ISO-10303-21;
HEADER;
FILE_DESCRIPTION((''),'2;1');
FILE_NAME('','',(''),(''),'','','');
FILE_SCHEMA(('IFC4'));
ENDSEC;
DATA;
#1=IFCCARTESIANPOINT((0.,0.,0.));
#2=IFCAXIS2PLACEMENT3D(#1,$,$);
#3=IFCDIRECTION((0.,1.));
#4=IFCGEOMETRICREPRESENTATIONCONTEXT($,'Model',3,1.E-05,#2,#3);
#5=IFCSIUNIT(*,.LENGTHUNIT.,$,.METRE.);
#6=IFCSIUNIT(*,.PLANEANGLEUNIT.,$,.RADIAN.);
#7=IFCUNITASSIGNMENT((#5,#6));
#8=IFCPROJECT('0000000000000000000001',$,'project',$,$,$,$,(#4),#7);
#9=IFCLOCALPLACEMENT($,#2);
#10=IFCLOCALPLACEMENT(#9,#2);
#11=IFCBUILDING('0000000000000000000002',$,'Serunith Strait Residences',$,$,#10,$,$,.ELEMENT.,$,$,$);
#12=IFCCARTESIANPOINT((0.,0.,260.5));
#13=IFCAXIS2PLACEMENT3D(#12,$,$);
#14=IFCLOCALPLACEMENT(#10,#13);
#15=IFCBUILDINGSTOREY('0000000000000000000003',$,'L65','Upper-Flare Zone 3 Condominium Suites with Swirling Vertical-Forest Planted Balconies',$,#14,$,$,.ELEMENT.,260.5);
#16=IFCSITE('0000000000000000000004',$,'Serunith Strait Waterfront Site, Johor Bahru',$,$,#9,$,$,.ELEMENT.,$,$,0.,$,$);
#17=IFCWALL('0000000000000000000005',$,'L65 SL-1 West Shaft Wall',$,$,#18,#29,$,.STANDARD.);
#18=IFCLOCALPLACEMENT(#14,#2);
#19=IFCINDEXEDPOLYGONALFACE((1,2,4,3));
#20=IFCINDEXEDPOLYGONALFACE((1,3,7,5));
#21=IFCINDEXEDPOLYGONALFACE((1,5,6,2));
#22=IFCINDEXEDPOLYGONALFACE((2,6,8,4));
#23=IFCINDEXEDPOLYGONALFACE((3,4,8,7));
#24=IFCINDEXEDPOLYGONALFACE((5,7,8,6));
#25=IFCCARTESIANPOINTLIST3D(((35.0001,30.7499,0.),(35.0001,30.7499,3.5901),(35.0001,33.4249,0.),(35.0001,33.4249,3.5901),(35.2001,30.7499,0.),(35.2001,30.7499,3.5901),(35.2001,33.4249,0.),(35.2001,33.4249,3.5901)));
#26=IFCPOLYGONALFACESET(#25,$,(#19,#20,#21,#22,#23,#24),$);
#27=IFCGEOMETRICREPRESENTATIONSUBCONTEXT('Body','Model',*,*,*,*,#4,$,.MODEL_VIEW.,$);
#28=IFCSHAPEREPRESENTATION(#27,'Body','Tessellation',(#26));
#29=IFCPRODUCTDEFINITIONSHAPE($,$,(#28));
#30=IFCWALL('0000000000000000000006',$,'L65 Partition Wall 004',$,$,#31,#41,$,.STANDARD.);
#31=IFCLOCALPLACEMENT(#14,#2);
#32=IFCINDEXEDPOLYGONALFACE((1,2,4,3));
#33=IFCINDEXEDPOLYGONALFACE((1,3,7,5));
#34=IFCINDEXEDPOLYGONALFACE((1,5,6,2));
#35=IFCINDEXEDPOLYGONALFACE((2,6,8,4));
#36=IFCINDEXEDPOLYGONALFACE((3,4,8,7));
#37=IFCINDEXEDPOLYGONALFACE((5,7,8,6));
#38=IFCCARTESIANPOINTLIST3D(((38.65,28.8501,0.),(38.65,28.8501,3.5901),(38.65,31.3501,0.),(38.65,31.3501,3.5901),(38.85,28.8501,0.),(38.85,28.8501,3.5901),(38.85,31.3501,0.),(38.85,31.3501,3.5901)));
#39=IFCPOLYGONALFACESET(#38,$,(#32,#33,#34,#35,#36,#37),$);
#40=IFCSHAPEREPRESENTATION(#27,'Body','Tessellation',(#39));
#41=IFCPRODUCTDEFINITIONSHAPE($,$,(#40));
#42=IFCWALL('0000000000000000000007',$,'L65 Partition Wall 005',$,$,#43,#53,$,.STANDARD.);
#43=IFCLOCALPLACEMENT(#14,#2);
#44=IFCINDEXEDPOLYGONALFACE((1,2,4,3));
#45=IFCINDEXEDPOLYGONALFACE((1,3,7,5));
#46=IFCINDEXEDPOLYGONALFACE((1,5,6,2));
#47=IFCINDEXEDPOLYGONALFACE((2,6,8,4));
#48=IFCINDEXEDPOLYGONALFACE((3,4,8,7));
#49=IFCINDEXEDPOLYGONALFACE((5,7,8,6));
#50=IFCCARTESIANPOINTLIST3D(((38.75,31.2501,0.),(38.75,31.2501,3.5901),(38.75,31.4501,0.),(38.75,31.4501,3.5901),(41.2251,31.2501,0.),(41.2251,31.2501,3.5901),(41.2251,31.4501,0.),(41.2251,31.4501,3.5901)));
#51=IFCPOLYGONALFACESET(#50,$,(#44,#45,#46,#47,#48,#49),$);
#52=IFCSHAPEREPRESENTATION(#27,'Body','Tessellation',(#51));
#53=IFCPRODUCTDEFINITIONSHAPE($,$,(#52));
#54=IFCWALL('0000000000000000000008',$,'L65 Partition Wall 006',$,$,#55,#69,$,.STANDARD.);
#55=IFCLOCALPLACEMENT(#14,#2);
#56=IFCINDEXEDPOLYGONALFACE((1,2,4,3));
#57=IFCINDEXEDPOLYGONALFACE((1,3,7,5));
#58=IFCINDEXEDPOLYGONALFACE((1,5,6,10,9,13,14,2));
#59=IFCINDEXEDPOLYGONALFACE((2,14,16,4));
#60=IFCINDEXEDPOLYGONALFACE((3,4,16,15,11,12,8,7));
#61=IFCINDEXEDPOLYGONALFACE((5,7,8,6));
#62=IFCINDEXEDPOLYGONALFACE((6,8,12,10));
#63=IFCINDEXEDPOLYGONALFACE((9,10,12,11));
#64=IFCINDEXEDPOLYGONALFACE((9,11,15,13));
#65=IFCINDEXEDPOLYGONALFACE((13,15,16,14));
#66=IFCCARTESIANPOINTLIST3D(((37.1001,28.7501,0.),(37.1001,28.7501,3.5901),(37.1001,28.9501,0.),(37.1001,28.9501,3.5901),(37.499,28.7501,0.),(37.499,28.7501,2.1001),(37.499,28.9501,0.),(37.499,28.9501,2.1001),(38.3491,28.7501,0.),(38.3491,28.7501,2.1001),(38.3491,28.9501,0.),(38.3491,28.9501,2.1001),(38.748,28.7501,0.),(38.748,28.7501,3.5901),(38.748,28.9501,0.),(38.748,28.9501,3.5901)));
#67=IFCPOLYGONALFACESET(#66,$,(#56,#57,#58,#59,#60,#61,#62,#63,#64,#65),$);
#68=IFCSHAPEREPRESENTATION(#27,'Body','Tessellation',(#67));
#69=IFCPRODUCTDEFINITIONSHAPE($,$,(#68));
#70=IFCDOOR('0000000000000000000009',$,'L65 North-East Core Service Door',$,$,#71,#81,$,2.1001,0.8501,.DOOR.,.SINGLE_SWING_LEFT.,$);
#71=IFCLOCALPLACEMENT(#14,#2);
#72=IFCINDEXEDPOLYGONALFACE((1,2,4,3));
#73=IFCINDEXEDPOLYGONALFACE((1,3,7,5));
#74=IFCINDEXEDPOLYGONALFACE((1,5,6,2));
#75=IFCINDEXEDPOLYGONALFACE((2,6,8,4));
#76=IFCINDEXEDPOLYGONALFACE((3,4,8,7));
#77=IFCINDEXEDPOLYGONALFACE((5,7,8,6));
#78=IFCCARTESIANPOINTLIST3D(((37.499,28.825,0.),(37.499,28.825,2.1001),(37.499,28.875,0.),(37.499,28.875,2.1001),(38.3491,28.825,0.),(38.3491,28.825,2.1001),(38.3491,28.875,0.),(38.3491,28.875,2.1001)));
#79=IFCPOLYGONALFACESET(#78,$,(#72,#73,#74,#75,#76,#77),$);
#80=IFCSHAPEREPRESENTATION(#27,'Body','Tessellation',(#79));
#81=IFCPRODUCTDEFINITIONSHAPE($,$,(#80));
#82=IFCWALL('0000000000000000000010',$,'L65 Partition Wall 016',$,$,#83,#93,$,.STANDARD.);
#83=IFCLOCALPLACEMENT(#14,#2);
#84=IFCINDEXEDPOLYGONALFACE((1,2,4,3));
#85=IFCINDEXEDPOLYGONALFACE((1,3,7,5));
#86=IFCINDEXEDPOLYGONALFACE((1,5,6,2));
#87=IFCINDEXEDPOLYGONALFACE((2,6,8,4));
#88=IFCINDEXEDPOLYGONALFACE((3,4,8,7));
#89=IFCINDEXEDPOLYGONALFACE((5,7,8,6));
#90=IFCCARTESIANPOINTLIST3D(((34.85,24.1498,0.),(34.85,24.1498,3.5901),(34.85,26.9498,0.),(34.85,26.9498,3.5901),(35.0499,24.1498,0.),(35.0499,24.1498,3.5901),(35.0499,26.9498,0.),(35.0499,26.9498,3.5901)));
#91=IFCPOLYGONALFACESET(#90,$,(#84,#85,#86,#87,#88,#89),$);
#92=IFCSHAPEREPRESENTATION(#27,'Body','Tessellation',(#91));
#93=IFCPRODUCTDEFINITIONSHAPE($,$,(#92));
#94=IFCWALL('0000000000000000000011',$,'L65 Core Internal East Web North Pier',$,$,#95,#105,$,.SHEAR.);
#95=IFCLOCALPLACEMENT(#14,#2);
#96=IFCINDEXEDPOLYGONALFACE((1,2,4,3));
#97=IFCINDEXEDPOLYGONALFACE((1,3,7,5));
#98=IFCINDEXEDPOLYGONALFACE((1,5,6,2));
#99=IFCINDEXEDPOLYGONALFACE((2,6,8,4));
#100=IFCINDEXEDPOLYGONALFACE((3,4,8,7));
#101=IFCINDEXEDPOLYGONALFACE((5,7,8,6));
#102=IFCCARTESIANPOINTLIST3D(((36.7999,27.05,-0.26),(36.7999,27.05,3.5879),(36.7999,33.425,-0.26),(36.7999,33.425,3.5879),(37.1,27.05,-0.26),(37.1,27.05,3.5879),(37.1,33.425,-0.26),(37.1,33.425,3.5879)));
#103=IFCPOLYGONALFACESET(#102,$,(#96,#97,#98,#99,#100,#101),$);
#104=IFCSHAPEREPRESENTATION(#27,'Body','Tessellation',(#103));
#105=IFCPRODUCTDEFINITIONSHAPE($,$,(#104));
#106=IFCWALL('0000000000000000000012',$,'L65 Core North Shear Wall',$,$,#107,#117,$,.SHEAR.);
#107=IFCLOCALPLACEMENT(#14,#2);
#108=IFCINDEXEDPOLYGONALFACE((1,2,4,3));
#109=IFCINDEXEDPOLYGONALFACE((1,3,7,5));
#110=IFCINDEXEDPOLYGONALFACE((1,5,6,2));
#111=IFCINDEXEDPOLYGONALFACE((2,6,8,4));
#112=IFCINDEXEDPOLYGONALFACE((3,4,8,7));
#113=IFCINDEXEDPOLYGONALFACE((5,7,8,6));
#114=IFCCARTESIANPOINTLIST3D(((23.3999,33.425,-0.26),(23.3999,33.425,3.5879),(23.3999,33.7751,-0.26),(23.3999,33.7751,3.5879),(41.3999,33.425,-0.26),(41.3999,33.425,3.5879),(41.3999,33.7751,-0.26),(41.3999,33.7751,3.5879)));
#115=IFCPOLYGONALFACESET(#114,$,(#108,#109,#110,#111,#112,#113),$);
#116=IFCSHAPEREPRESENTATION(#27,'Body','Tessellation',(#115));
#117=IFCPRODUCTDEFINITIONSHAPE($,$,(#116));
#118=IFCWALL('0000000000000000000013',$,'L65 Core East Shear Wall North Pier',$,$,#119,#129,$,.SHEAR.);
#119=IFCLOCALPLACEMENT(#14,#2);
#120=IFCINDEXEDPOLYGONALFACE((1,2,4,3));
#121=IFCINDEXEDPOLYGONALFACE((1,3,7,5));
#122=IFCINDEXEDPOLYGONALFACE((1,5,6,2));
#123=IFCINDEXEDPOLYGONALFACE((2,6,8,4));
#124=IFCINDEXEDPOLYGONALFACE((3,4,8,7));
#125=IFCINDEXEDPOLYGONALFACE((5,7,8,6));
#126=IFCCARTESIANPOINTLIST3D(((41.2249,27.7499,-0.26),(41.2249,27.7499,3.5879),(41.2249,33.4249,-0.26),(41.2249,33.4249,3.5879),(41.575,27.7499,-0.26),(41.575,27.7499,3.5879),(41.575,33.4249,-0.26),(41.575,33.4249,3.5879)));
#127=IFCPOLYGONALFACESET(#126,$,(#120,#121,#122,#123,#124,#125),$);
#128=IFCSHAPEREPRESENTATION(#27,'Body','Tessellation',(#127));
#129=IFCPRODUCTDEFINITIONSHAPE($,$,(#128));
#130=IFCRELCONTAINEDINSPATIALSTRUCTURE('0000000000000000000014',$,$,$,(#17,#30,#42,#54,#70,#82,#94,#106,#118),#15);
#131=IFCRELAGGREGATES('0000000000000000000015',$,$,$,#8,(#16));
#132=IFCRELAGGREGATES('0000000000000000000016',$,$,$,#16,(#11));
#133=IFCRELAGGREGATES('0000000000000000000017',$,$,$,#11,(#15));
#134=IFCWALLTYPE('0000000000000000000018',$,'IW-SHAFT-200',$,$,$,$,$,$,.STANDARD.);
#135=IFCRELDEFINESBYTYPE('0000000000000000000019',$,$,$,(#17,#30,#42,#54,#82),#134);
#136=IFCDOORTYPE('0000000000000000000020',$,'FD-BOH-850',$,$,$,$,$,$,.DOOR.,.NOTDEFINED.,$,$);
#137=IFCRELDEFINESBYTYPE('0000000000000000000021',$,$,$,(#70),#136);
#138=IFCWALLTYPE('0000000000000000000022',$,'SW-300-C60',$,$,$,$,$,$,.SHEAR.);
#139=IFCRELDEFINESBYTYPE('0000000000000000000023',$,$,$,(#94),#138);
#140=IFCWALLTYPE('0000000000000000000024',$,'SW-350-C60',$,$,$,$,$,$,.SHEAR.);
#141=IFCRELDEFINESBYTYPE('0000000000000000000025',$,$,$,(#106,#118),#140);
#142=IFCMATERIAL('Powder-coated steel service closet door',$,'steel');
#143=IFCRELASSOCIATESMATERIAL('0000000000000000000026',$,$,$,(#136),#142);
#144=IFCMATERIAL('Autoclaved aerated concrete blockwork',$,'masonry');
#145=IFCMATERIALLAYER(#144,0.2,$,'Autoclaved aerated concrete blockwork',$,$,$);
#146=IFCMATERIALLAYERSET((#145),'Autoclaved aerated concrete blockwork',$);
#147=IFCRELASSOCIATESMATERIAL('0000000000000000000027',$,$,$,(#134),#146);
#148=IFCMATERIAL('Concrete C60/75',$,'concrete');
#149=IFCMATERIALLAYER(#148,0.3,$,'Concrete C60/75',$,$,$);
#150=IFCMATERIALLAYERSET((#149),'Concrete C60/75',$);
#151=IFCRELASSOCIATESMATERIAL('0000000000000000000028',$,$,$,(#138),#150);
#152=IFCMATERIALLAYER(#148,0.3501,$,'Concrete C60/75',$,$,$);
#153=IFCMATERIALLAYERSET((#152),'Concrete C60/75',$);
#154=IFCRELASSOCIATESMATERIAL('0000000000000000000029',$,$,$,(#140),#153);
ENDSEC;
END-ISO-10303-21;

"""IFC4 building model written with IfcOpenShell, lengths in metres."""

from ifc_helpers import new_model, si_unit, direction, frame, frame_2d, origin, place, context, subcontext, project, spatial, rectangle, extrude, source, transform, mapped, material, layer, layer_set, type_object, element, fill, save


model = new_model("IFC4")

# Units and contexts
model_context = context("Model", 3, precision=1e-05, world=origin(), true_north=direction((0.0, 1.0)))
body_context = subcontext(model_context, "Body", "Model", "MODEL_VIEW")
ifc_project = project(units=[si_unit("LENGTHUNIT", "METRE"), si_unit("PLANEANGLEUNIT", "RADIAN")], contexts=[model_context])

# Site, building, storey
site_placement = place(None, origin())
site = spatial("IfcSite", under=ifc_project, at=site_placement, Name="Serunith Strait Waterfront Site, Johor Bahru", CompositionType="ELEMENT", RefElevation=0.0)
building_placement = place(site_placement, origin())
building = spatial("IfcBuilding", under=site, at=building_placement, Name="Serunith Strait Residences", CompositionType="ELEMENT")
storey_placement = place(building_placement, frame((0.0, 0.0, 260.5)))
storey = spatial("IfcBuildingStorey", under=building, at=storey_placement, Name="L65", Description="Upper-Flare Zone 3 Condominium Suites with Swirling Vertical-Forest Planted Balconies", CompositionType="ELEMENT", Elevation=260.5)

# Shared definitions
ifc_material_1 = material(Name="Powder-coated steel service closet door", Category="steel")
door_type_1 = type_object("IfcDoorType", Name="FD-BOH-850", OperationType="NOTDEFINED", PredefinedType="DOOR", material=ifc_material_1)
shared_shape_1 = source(origin(), body_context, "Body", "SweptSolid", [
    extrude(rectangle(XDim=0.8501, YDim=2.1001, at=frame_2d((0.425, 1.05))), frame((0.0, 0.0249, 0.0), z_axis=(0.0, -1.0, 0.0), x_axis=(1.0, 0.0, 0.0)), (0.0, 0.0, 1.0), 0.05),
])
ifc_material_2 = material(Name="Autoclaved aerated concrete blockwork", Category="masonry")
ifc_layer_1 = layer(ifc_material_2, 0.2, Name="Autoclaved aerated concrete blockwork")
ifc_layer_set_1 = layer_set([ifc_layer_1], Name="Autoclaved aerated concrete blockwork")
wall_type_1 = type_object("IfcWallType", Name="IW-SHAFT-200", PredefinedType="STANDARD", material=ifc_layer_set_1)

# Walls
wall_1_placement = place(storey_placement, frame((35.1001, 30.75, 0.0), z_axis=(0.0, 0.0, 1.0), x_axis=(0.0, 1.0, 0.0)))
element("IfcWall", 1, at=wall_1_placement, inside=storey, type_object=wall_type_1, Name="L65 SL-1 West Shaft Wall", PredefinedType="STANDARD", context=body_context, shape_type="SweptSolid", body=[
    extrude(rectangle(XDim=2.675, YDim=0.2, at=frame_2d((1.3374, 0.0))), origin(), (0.0, 0.0, 1.0), 3.5901),
])
wall_2_placement = place(storey_placement, frame((38.75, 28.8501, 0.0), z_axis=(0.0, 0.0, 1.0), x_axis=(0.0, 1.0, 0.0)))
element("IfcWall", 2, at=wall_2_placement, inside=storey, type_object=wall_type_1, Name="L65 Partition Wall 004", PredefinedType="STANDARD", context=body_context, shape_type="SweptSolid", body=[
    extrude(rectangle(XDim=2.5, YDim=0.2, at=frame_2d((1.25, 0.0))), origin(), (0.0, 0.0, 1.0), 3.5901),
])
wall_3_placement = place(storey_placement, frame((38.75, 31.3501, 0.0), z_axis=(0.0, 0.0, 1.0), x_axis=(1.0, 0.0, 0.0)))
element("IfcWall", 3, at=wall_3_placement, inside=storey, type_object=wall_type_1, Name="L65 Partition Wall 005", PredefinedType="STANDARD", context=body_context, shape_type="SweptSolid", body=[
    extrude(rectangle(XDim=2.4751, YDim=0.2, at=frame_2d((1.2375, 0.0))), origin(), (0.0, 0.0, 1.0), 3.5901),
])

# Wall, opening, door
wall_4_placement = place(storey_placement, frame((37.1001, 28.8501, 0.0), z_axis=(0.0, 0.0, 1.0), x_axis=(1.0, 0.0, 0.0)))
wall_4 = element("IfcWall", 4, at=wall_4_placement, inside=storey, type_object=wall_type_1, Name="L65 Partition Wall 006", PredefinedType="STANDARD", context=body_context, shape_type="SweptSolid", body=[
    extrude(rectangle(XDim=1.6479, YDim=0.2, at=frame_2d((0.824, 0.0))), origin(), (0.0, 0.0, 1.0), 3.5901),
])
opening_1_placement = place(wall_4_placement, frame((0.3989, 0.0, 0.0)))
opening_1 = element("IfcOpeningElement", 5, at=opening_1_placement, cuts=wall_4, PredefinedType="OPENING", context=body_context, shape_type="SweptSolid", body=[
    extrude(rectangle(XDim=0.8501, YDim=2.1001, at=frame_2d((0.425, 1.05))), frame((0.0, 0.1099, 0.0), z_axis=(0.0, -1.0, 0.0), x_axis=(1.0, 0.0, 0.0)), (0.0, 0.0, 1.0), 0.22),
])
door_1_placement = place(opening_1_placement, origin())
door_1 = element("IfcDoor", 6, at=door_1_placement, inside=storey, type_object=door_type_1, Name="L65 North-East Core Service Door", OperationType="SINGLE_SWING_LEFT", OverallHeight=2.1001, OverallWidth=0.8501, PredefinedType="DOOR", context=body_context, shape_type="MappedRepresentation", body=[
    mapped(shared_shape_1, transform((0.0, 0.0, 0.0), scale=1.0)),
])
fill(opening_1, door_1)

# Walls
wall_5_placement = place(storey_placement, frame((34.95, 24.1499, 0.0), z_axis=(0.0, 0.0, 1.0), x_axis=(0.0, 1.0, 0.0)))
element("IfcWall", 7, at=wall_5_placement, inside=storey, type_object=wall_type_1, Name="L65 Partition Wall 016", PredefinedType="STANDARD", context=body_context, shape_type="SweptSolid", body=[
    extrude(rectangle(XDim=2.8, YDim=0.2, at=frame_2d((1.3999, 0.0))), origin(), (0.0, 0.0, 1.0), 3.5901),
])
ifc_material_3 = material(Name="Concrete C60/75", Category="concrete")
ifc_layer_2 = layer(ifc_material_3, 0.3, Name="Concrete C60/75")
ifc_layer_set_2 = layer_set([ifc_layer_2], Name="Concrete C60/75")
wall_type_2 = type_object("IfcWallType", Name="SW-300-C60", PredefinedType="SHEAR", material=ifc_layer_set_2)
wall_6_placement = place(storey_placement, frame((36.95, 27.05, -0.26), z_axis=(0.0, 0.0, 1.0), x_axis=(0.0, 1.0, 0.0)))
element("IfcWall", 8, at=wall_6_placement, inside=storey, type_object=wall_type_2, Name="L65 Core Internal East Web North Pier", PredefinedType="SHEAR", context=body_context, shape_type="SweptSolid", body=[
    extrude(rectangle(XDim=6.375, YDim=0.3, at=frame_2d((3.1875, 0.0))), origin(), (0.0, 0.0, 1.0), 3.8479),
])
ifc_layer_3 = layer(ifc_material_3, 0.3501, Name="Concrete C60/75")
ifc_layer_set_3 = layer_set([ifc_layer_3], Name="Concrete C60/75")
wall_type_3 = type_object("IfcWallType", Name="SW-350-C60", PredefinedType="SHEAR", material=ifc_layer_set_3)
wall_7_placement = place(storey_placement, frame((41.3999, 33.6001, -0.26), z_axis=(0.0, 0.0, 1.0), x_axis=(-1.0, 0.0, 0.0)))
element("IfcWall", 9, at=wall_7_placement, inside=storey, type_object=wall_type_3, Name="L65 Core North Shear Wall", PredefinedType="SHEAR", context=body_context, shape_type="SweptSolid", body=[
    extrude(rectangle(XDim=18.0, YDim=0.3501, at=frame_2d((9.0, 0.0))), origin(), (0.0, 0.0, 1.0), 3.8479),
])
wall_8_placement = place(storey_placement, frame((41.3999, 27.75, -0.26), z_axis=(0.0, 0.0, 1.0), x_axis=(0.0, 1.0, 0.0)))
element("IfcWall", 10, at=wall_8_placement, inside=storey, type_object=wall_type_3, Name="L65 Core East Shear Wall North Pier", PredefinedType="SHEAR", context=body_context, shape_type="SweptSolid", body=[
    extrude(rectangle(XDim=5.675, YDim=0.3501, at=frame_2d((2.8374, 0.0))), origin(), (0.0, 0.0, 1.0), 3.8479),
])

save(model, "model.ifc")
